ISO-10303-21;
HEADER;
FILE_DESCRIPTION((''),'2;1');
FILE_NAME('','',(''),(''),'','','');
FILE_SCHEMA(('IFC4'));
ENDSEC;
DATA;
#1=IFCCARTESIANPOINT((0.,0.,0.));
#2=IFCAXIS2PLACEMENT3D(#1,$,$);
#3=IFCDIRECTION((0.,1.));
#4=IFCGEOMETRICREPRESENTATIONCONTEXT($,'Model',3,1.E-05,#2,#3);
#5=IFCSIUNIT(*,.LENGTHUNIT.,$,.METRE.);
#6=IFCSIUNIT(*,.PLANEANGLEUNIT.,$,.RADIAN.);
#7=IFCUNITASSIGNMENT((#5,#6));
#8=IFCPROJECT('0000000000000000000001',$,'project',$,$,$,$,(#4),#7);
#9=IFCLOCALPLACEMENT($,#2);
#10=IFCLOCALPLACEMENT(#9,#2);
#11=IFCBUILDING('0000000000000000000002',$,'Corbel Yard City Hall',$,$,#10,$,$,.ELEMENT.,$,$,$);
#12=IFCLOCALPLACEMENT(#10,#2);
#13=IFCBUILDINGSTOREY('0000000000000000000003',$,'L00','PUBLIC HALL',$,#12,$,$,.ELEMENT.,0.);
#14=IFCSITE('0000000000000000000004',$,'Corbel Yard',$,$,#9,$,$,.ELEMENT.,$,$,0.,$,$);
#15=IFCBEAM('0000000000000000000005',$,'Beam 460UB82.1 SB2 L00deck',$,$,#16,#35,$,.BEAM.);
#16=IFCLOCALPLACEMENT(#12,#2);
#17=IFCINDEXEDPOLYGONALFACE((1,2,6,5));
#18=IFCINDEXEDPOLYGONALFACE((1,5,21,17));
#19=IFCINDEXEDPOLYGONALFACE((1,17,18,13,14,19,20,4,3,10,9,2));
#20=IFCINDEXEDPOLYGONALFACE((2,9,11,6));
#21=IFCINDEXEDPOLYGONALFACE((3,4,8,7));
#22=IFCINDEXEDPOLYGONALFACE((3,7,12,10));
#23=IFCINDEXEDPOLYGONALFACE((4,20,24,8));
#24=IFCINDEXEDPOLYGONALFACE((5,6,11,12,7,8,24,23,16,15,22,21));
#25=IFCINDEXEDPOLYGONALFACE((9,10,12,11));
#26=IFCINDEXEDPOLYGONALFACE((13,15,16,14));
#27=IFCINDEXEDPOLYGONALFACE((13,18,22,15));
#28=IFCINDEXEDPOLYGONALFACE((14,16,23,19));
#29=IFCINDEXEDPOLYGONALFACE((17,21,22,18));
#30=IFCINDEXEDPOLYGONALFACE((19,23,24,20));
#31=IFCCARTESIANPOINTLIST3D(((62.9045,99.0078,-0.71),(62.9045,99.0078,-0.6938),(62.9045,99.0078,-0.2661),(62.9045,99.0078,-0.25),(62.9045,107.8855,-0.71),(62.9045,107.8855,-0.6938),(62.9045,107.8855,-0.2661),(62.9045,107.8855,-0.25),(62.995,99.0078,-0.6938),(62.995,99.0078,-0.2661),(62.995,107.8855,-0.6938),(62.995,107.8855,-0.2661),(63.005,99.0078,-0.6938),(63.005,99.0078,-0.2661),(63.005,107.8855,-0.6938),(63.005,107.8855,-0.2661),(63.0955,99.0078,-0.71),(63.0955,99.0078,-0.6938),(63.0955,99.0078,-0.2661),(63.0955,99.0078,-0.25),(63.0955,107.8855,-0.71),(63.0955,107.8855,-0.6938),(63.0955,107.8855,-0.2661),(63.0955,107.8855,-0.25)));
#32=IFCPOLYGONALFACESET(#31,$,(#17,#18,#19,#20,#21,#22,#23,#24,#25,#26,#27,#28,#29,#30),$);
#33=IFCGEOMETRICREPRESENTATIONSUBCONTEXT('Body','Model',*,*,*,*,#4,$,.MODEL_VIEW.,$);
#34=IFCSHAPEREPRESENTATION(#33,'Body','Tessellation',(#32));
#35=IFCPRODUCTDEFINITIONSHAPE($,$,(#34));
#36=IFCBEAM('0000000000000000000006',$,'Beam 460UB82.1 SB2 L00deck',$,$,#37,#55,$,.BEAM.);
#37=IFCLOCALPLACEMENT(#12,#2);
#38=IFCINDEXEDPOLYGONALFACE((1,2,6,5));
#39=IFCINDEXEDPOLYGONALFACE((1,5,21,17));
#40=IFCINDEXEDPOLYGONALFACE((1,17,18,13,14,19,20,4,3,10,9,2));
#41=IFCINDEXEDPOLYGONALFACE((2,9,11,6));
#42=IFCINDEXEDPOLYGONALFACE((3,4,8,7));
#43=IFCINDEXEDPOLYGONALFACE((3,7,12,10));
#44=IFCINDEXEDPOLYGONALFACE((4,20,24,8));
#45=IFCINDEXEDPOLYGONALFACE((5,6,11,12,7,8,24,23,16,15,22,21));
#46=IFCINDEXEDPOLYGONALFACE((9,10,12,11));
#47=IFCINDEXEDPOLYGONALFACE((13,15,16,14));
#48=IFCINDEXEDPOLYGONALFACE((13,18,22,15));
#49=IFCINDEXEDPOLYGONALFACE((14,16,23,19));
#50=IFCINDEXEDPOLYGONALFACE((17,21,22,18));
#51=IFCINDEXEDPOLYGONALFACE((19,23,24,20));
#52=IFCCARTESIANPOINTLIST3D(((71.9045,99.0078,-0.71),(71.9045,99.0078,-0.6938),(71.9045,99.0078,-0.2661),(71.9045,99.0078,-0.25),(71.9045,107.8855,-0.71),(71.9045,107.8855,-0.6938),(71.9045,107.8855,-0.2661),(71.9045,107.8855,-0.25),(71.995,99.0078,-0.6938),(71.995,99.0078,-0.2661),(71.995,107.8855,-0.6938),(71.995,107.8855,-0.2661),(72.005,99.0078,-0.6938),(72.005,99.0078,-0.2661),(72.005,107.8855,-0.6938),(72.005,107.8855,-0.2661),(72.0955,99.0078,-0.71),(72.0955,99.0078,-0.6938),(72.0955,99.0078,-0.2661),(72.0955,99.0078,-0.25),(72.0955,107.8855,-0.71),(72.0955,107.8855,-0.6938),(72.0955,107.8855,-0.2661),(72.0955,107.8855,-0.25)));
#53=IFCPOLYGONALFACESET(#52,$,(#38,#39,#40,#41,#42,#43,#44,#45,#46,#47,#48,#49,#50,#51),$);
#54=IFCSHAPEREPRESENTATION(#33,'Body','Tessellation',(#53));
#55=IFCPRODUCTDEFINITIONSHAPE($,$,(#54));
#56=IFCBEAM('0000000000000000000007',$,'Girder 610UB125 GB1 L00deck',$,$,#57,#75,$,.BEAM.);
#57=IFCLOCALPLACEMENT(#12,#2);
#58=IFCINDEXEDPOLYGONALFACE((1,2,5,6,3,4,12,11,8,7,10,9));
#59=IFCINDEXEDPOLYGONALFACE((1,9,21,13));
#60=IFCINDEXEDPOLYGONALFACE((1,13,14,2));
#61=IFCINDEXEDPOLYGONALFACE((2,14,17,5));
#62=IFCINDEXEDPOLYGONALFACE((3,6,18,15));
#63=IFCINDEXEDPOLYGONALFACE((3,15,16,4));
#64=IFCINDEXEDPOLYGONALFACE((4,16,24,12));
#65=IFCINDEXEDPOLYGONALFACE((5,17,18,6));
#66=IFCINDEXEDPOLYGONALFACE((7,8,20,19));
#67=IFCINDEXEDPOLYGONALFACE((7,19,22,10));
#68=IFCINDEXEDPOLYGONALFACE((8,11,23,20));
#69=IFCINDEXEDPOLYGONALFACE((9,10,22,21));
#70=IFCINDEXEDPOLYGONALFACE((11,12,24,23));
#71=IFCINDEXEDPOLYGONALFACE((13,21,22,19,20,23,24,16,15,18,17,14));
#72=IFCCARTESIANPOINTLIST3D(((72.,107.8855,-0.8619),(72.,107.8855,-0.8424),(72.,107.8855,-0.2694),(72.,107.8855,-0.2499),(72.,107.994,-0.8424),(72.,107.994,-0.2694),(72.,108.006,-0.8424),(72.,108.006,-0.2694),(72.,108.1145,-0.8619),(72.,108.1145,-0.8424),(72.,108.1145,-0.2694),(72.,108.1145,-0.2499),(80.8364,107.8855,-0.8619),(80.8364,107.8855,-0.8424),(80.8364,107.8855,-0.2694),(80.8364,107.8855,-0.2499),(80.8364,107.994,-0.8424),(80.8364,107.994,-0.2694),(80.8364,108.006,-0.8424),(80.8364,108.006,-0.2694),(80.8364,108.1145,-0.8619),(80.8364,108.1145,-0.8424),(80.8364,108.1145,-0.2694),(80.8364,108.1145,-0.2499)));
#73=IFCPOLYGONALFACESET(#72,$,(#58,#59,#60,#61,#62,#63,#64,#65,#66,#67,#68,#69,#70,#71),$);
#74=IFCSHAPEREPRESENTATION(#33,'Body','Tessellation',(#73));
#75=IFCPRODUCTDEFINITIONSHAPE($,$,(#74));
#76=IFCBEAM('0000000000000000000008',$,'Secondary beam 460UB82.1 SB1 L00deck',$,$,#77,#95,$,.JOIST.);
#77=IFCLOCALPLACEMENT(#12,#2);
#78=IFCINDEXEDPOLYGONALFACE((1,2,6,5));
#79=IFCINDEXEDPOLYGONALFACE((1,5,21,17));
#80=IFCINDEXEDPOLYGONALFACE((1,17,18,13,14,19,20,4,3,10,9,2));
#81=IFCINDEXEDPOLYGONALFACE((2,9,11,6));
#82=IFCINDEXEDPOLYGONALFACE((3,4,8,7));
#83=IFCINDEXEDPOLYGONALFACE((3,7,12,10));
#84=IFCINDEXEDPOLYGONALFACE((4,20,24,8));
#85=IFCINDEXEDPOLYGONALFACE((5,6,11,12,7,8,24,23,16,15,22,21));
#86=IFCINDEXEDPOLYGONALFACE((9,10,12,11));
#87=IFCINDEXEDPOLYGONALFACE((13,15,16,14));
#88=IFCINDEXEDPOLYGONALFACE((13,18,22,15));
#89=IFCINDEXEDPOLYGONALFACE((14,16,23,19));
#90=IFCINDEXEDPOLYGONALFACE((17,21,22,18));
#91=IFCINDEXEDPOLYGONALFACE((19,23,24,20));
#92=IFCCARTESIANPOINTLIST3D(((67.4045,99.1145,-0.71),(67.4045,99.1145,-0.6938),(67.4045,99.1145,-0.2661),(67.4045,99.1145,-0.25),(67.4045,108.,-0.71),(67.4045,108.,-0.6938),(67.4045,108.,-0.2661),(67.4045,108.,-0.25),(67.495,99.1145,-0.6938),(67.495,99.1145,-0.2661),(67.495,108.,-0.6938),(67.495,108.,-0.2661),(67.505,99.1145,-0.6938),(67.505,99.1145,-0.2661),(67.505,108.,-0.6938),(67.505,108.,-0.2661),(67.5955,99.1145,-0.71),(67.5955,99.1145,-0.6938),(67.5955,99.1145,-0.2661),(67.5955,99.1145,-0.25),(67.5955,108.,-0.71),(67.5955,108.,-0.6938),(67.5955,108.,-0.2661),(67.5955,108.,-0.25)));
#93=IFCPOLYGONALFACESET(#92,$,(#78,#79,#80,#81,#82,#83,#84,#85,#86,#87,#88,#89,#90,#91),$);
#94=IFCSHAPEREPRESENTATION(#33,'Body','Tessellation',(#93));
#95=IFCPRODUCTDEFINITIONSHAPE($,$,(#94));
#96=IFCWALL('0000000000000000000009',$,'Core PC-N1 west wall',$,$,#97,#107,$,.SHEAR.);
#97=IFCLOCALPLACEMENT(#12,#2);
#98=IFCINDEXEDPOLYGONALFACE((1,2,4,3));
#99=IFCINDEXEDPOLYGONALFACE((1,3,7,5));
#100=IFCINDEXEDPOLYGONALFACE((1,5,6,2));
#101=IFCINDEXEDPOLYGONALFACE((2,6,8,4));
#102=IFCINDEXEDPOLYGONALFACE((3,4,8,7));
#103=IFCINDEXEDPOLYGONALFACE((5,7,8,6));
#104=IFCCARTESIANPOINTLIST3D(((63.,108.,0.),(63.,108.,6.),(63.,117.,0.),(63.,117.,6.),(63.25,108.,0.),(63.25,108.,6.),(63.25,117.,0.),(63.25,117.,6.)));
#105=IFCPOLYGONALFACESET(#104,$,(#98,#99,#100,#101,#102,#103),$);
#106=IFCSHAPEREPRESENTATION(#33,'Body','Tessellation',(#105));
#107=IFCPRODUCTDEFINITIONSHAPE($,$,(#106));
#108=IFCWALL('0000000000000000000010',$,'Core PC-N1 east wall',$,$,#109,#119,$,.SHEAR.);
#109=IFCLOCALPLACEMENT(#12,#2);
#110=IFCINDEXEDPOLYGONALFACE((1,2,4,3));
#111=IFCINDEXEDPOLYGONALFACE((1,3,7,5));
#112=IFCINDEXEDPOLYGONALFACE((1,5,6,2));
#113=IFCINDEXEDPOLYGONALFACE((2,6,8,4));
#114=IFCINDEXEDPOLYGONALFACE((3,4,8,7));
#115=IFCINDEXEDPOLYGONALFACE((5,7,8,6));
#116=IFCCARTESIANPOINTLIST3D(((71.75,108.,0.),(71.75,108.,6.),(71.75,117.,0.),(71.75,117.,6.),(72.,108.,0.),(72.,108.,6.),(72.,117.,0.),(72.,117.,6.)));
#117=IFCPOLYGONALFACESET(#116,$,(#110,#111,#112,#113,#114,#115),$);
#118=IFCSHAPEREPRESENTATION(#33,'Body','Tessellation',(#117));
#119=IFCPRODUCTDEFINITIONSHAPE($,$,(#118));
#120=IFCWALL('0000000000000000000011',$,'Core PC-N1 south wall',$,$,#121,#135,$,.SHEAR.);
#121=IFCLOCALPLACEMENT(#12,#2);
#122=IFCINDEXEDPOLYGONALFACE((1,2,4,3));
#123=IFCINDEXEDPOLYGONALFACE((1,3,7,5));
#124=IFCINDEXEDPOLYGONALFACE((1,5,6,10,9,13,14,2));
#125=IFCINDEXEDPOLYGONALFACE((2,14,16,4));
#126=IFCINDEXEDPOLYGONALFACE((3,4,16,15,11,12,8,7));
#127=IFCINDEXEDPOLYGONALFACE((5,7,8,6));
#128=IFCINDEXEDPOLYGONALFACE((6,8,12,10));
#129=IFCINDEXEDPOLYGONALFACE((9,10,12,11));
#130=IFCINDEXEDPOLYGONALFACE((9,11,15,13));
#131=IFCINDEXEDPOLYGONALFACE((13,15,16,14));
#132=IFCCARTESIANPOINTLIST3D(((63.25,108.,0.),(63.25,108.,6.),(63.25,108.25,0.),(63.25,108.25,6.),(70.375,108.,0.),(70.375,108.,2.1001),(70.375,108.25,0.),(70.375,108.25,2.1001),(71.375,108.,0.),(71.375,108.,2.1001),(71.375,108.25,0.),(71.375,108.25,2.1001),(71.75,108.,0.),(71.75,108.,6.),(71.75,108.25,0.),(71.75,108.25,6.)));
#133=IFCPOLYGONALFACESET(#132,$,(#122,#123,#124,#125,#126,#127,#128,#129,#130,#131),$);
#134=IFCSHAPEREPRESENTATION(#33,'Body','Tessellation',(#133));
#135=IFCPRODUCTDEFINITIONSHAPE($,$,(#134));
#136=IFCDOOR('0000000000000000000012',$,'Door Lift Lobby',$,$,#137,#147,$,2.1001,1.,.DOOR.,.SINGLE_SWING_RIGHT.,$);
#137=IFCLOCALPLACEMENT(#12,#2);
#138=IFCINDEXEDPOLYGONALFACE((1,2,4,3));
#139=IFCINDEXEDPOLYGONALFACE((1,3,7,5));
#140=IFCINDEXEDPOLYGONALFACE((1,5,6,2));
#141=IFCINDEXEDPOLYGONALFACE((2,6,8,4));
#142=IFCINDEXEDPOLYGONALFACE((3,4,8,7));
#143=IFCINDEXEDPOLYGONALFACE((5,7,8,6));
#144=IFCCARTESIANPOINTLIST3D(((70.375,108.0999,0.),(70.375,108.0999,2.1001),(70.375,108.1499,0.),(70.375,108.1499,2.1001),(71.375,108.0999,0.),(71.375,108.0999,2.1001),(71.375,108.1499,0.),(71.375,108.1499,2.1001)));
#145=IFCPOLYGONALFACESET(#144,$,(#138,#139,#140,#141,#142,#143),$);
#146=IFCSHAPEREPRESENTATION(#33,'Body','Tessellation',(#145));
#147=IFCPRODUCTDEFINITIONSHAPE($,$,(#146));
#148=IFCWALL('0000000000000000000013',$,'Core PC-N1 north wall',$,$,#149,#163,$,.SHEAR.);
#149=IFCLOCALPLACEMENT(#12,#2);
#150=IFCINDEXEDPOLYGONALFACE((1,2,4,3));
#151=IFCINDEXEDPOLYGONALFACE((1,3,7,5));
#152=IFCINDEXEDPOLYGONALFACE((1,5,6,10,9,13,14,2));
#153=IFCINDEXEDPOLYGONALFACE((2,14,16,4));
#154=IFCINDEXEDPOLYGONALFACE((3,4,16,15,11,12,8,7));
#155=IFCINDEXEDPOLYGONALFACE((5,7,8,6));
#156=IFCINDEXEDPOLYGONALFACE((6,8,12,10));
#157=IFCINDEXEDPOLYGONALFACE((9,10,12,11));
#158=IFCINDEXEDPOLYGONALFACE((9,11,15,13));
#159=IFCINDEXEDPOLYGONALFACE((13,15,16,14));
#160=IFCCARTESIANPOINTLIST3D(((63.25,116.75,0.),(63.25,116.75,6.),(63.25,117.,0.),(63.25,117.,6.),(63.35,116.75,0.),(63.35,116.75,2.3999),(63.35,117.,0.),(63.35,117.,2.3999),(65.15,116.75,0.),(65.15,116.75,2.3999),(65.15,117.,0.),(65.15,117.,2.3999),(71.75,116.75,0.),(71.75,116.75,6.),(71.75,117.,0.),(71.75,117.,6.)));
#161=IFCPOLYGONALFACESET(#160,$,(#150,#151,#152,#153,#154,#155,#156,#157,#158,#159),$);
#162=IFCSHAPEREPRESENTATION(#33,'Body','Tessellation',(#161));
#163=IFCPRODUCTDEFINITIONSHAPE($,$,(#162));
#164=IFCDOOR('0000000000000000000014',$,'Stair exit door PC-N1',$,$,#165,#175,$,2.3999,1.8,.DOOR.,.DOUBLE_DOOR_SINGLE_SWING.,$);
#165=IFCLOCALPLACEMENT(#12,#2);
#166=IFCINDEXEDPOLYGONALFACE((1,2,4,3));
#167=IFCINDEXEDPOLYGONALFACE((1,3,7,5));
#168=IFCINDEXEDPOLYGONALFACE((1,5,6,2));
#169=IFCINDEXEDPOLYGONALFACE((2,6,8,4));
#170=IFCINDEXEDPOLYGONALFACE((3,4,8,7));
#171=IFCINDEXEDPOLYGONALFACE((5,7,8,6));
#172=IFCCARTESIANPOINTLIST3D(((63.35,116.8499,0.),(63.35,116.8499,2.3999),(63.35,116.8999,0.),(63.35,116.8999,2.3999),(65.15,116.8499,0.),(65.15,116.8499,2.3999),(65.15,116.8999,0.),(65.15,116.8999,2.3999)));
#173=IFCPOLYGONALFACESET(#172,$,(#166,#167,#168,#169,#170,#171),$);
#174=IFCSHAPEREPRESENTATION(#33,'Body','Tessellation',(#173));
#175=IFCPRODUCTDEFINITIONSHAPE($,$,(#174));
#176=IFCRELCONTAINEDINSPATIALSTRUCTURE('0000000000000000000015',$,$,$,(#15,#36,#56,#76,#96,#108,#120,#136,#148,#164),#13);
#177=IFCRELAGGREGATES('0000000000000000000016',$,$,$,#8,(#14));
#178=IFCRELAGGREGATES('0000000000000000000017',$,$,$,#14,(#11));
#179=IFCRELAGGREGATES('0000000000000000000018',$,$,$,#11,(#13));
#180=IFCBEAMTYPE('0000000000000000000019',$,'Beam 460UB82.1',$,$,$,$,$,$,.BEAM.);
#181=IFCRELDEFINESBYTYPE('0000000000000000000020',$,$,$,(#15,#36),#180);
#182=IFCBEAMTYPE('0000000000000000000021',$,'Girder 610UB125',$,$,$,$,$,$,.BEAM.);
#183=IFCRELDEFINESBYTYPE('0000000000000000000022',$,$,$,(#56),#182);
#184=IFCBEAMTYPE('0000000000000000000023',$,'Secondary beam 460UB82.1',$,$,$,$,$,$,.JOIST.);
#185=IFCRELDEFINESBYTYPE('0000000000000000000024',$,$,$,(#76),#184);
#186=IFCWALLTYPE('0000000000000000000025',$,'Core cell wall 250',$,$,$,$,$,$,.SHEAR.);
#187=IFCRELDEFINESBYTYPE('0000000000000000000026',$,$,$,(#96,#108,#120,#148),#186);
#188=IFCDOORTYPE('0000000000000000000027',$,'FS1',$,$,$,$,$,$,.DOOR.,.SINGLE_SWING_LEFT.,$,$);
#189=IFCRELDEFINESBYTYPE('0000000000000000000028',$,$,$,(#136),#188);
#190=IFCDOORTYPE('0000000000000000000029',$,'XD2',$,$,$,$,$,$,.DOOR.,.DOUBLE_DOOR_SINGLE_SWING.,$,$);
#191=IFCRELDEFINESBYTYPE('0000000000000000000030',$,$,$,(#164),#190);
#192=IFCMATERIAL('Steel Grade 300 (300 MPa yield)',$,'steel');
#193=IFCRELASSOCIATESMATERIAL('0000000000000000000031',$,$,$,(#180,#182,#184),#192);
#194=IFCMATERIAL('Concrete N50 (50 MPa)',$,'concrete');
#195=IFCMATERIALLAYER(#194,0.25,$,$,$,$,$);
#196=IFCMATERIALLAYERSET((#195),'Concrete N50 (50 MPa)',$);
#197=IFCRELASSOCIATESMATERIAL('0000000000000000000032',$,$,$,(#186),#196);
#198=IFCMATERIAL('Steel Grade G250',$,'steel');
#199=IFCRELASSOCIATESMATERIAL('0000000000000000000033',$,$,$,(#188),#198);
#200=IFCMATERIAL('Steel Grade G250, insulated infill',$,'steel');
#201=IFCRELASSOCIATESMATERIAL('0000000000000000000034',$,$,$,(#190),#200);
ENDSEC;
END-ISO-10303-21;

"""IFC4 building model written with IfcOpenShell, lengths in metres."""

from ifc_helpers import new_model, si_unit, direction, frame, frame_2d, origin, origin_2d, place, context, subcontext, project, spatial, rectangle, i_section, extrude, material, layer, layer_set, material_profile, profile_set, type_object, element, fill, save


model = new_model("IFC4")

# Units and contexts
model_context = context("Model", 3, precision=1e-05, world=origin(), true_north=direction((0.0, 1.0)))
body_context = subcontext(model_context, "Body", "Model", "MODEL_VIEW")
ifc_project = project(units=[si_unit("LENGTHUNIT", "METRE"), si_unit("PLANEANGLEUNIT", "RADIAN")], contexts=[model_context])

# Site, building, storey
site_placement = place(None, origin())
site = spatial("IfcSite", under=ifc_project, at=site_placement, Name="Corbel Yard", CompositionType="ELEMENT", RefElevation=0.0)
building_placement = place(site_placement, origin())
building = spatial("IfcBuilding", under=site, at=building_placement, Name="Corbel Yard City Hall", CompositionType="ELEMENT")
storey_placement = place(building_placement, origin())
storey = spatial("IfcBuildingStorey", under=building, at=storey_placement, Name="L00", Description="PUBLIC HALL", CompositionType="ELEMENT", Elevation=0.0)

# Beams
ifc_material_1 = material(Name="Steel Grade 300 (300 MPa yield)", Category="steel")
ifc_material_profile_1 = material_profile(ifc_material_1, i_section(OverallWidth=0.1909, OverallDepth=0.46, WebThickness=0.01, FlangeThickness=0.0161, at=origin_2d()), Name="460UB82.1")
ifc_profile_set_1 = profile_set([ifc_material_profile_1], Name="Steel Grade 300 (300 MPa yield)")
beam_type_1 = type_object("IfcBeamType", Name="Beam 460UB82.1", PredefinedType="BEAM", material=ifc_profile_set_1)
for number, where, z_axis, x_axis, name in (
    (1, (63.0, 99.0078, -0.48), (0.0, 1.0, 0.0), (-1.0, 0.0, 0.0), "Beam 460UB82.1 SB2 L00deck"),
    (2, (72.0, 99.0078, -0.48), (0.0, 1.0, 0.0), (-1.0, 0.0, 0.0), "Beam 460UB82.1 SB2 L00deck"),
):
    element("IfcBeam", number, at=place(storey_placement, frame(where, z_axis=z_axis, x_axis=x_axis)), inside=storey, type_object=beam_type_1, Name=name, PredefinedType="BEAM", context=body_context, shape_type="SweptSolid", body=[
        extrude(i_section(OverallWidth=0.1909, OverallDepth=0.46, WebThickness=0.01, FlangeThickness=0.0161, at=origin_2d()), origin(), (0.0, 0.0, 1.0), 8.8777),
    ])
ifc_material_profile_2 = material_profile(ifc_material_1, i_section(OverallWidth=0.229, OverallDepth=0.6121, WebThickness=0.012, FlangeThickness=0.0195, at=origin_2d()), Name="610UB125")
ifc_profile_set_2 = profile_set([ifc_material_profile_2], Name="Steel Grade 300 (300 MPa yield)")
beam_type_2 = type_object("IfcBeamType", Name="Girder 610UB125", PredefinedType="BEAM", material=ifc_profile_set_2)
beam_1_placement = place(storey_placement, frame((72.0, 108.0, -0.5559), z_axis=(1.0, 0.0, 0.0), x_axis=(0.0, 1.0, 0.0)))
element("IfcBeam", 3, at=beam_1_placement, inside=storey, type_object=beam_type_2, Name="Girder 610UB125 GB1 L00deck", PredefinedType="BEAM", context=body_context, shape_type="SweptSolid", body=[
    extrude(i_section(OverallWidth=0.229, OverallDepth=0.6121, WebThickness=0.012, FlangeThickness=0.0195, at=origin_2d()), origin(), (0.0, 0.0, 1.0), 8.8364),
])
ifc_material_profile_3 = material_profile(ifc_material_1, i_section(OverallWidth=0.1909, OverallDepth=0.46, WebThickness=0.01, FlangeThickness=0.0161, at=origin_2d()), Name="460UB82.1")
ifc_profile_set_3 = profile_set([ifc_material_profile_3], Name="Steel Grade 300 (300 MPa yield)")
beam_type_3 = type_object("IfcBeamType", Name="Secondary beam 460UB82.1", PredefinedType="JOIST", material=ifc_profile_set_3)
beam_2_placement = place(storey_placement, frame((67.5, 99.1145, -0.48), z_axis=(0.0, 1.0, 0.0), x_axis=(-1.0, 0.0, 0.0)))
element("IfcBeam", 4, at=beam_2_placement, inside=storey, type_object=beam_type_3, Name="Secondary beam 460UB82.1 SB1 L00deck", PredefinedType="JOIST", context=body_context, shape_type="SweptSolid", body=[
    extrude(i_section(OverallWidth=0.1909, OverallDepth=0.46, WebThickness=0.01, FlangeThickness=0.0161, at=origin_2d()), origin(), (0.0, 0.0, 1.0), 8.8855),
])

# Walls
ifc_material_2 = material(Name="Concrete N50 (50 MPa)", Category="concrete")
ifc_layer_1 = layer(ifc_material_2, 0.25)
ifc_layer_set_1 = layer_set([ifc_layer_1], Name="Concrete N50 (50 MPa)")
wall_type_1 = type_object("IfcWallType", Name="Core cell wall 250", PredefinedType="SHEAR", material=ifc_layer_set_1)
for number, where, z_axis, x_axis, name in (
    (5, (63.125, 108.0, 0.0), (0.0, 0.0, 1.0), (0.0, 1.0, 0.0), "Core PC-N1 west wall"),
    (6, (71.875, 108.0, 0.0), (0.0, 0.0, 1.0), (0.0, 1.0, 0.0), "Core PC-N1 east wall"),
):
    element("IfcWall", number, at=place(storey_placement, frame(where, z_axis=z_axis, x_axis=x_axis)), inside=storey, type_object=wall_type_1, Name=name, PredefinedType="SHEAR", context=body_context, shape_type="SweptSolid", body=[
        extrude(rectangle(XDim=9.0, YDim=0.25, at=frame_2d((4.5, 0.0))), origin(), (0.0, 0.0, 1.0), 6.0),
    ])

# Walls, openings, doors
wall_1_placement = place(storey_placement, frame((63.25, 108.125, 0.0), z_axis=(0.0, 0.0, 1.0), x_axis=(1.0, 0.0, 0.0)))
wall_1 = element("IfcWall", 7, at=wall_1_placement, inside=storey, type_object=wall_type_1, Name="Core PC-N1 south wall", PredefinedType="SHEAR", context=body_context, shape_type="SweptSolid", body=[
    extrude(rectangle(XDim=8.5, YDim=0.25, at=frame_2d((4.25, 0.0))), origin(), (0.0, 0.0, 1.0), 6.0),
])
opening_1_placement = place(wall_1_placement, frame((7.125, 0.0, 0.0)))
opening_1 = element("IfcOpeningElement", 8, at=opening_1_placement, cuts=wall_1, PredefinedType="OPENING", context=body_context, shape_type="SweptSolid", body=[
    extrude(rectangle(XDim=1.0, YDim=2.1001, at=frame_2d((0.5, 1.05))), frame((0.0, 0.135, 0.0), z_axis=(0.0, -1.0, 0.0), x_axis=(1.0, 0.0, 0.0)), (0.0, 0.0, 1.0), 0.27),
])
ifc_material_3 = material(Name="Steel Grade G250", Category="steel")
door_type_1 = type_object("IfcDoorType", Name="FS1", OperationType="SINGLE_SWING_LEFT", PredefinedType="DOOR", material=ifc_material_3)
door_1_placement = place(opening_1_placement, origin())
door_1 = element("IfcDoor", 9, at=door_1_placement, inside=storey, type_object=door_type_1, Name="Door Lift Lobby", OperationType="SINGLE_SWING_RIGHT", OverallHeight=2.1001, OverallWidth=1.0, PredefinedType="DOOR", context=body_context, shape_type="SweptSolid", body=[
    extrude(rectangle(XDim=1.0, YDim=2.1001, at=frame_2d((0.5, 1.05))), frame((0.0, 0.0249, 0.0), z_axis=(0.0, -1.0, 0.0), x_axis=(1.0, 0.0, 0.0)), (0.0, 0.0, 1.0), 0.05),
])
fill(opening_1, door_1)
wall_2_placement = place(storey_placement, frame((63.25, 116.875, 0.0), z_axis=(0.0, 0.0, 1.0), x_axis=(1.0, 0.0, 0.0)))
wall_2 = element("IfcWall", 10, at=wall_2_placement, inside=storey, type_object=wall_type_1, Name="Core PC-N1 north wall", PredefinedType="SHEAR", context=body_context, shape_type="SweptSolid", body=[
    extrude(rectangle(XDim=8.5, YDim=0.25, at=frame_2d((4.25, 0.0))), origin(), (0.0, 0.0, 1.0), 6.0),
])
opening_2_placement = place(wall_2_placement, frame((0.1001, 0.0, 0.0)))
opening_2 = element("IfcOpeningElement", 11, at=opening_2_placement, cuts=wall_2, PredefinedType="OPENING", context=body_context, shape_type="SweptSolid", body=[
    extrude(rectangle(XDim=1.8, YDim=2.3999, at=frame_2d((0.8999, 1.2))), frame((0.0, 0.135, 0.0), z_axis=(0.0, -1.0, 0.0), x_axis=(1.0, 0.0, 0.0)), (0.0, 0.0, 1.0), 0.27),
])
ifc_material_4 = material(Name="Steel Grade G250, insulated infill", Category="steel")
door_type_2 = type_object("IfcDoorType", Name="XD2", OperationType="DOUBLE_DOOR_SINGLE_SWING", PredefinedType="DOOR", material=ifc_material_4)
door_2_placement = place(opening_2_placement, origin())
door_2 = element("IfcDoor", 12, at=door_2_placement, inside=storey, type_object=door_type_2, Name="Stair exit door PC-N1", OperationType="DOUBLE_DOOR_SINGLE_SWING", OverallHeight=2.3999, OverallWidth=1.8, PredefinedType="DOOR", context=body_context, shape_type="SweptSolid", body=[
    extrude(rectangle(XDim=1.8, YDim=2.3999, at=frame_2d((0.8999, 1.2))), frame((0.0, 0.0249, 0.0), z_axis=(0.0, -1.0, 0.0), x_axis=(1.0, 0.0, 0.0)), (0.0, 0.0, 1.0), 0.05),
])
fill(opening_2, door_2)

save(model, "model.ifc")
